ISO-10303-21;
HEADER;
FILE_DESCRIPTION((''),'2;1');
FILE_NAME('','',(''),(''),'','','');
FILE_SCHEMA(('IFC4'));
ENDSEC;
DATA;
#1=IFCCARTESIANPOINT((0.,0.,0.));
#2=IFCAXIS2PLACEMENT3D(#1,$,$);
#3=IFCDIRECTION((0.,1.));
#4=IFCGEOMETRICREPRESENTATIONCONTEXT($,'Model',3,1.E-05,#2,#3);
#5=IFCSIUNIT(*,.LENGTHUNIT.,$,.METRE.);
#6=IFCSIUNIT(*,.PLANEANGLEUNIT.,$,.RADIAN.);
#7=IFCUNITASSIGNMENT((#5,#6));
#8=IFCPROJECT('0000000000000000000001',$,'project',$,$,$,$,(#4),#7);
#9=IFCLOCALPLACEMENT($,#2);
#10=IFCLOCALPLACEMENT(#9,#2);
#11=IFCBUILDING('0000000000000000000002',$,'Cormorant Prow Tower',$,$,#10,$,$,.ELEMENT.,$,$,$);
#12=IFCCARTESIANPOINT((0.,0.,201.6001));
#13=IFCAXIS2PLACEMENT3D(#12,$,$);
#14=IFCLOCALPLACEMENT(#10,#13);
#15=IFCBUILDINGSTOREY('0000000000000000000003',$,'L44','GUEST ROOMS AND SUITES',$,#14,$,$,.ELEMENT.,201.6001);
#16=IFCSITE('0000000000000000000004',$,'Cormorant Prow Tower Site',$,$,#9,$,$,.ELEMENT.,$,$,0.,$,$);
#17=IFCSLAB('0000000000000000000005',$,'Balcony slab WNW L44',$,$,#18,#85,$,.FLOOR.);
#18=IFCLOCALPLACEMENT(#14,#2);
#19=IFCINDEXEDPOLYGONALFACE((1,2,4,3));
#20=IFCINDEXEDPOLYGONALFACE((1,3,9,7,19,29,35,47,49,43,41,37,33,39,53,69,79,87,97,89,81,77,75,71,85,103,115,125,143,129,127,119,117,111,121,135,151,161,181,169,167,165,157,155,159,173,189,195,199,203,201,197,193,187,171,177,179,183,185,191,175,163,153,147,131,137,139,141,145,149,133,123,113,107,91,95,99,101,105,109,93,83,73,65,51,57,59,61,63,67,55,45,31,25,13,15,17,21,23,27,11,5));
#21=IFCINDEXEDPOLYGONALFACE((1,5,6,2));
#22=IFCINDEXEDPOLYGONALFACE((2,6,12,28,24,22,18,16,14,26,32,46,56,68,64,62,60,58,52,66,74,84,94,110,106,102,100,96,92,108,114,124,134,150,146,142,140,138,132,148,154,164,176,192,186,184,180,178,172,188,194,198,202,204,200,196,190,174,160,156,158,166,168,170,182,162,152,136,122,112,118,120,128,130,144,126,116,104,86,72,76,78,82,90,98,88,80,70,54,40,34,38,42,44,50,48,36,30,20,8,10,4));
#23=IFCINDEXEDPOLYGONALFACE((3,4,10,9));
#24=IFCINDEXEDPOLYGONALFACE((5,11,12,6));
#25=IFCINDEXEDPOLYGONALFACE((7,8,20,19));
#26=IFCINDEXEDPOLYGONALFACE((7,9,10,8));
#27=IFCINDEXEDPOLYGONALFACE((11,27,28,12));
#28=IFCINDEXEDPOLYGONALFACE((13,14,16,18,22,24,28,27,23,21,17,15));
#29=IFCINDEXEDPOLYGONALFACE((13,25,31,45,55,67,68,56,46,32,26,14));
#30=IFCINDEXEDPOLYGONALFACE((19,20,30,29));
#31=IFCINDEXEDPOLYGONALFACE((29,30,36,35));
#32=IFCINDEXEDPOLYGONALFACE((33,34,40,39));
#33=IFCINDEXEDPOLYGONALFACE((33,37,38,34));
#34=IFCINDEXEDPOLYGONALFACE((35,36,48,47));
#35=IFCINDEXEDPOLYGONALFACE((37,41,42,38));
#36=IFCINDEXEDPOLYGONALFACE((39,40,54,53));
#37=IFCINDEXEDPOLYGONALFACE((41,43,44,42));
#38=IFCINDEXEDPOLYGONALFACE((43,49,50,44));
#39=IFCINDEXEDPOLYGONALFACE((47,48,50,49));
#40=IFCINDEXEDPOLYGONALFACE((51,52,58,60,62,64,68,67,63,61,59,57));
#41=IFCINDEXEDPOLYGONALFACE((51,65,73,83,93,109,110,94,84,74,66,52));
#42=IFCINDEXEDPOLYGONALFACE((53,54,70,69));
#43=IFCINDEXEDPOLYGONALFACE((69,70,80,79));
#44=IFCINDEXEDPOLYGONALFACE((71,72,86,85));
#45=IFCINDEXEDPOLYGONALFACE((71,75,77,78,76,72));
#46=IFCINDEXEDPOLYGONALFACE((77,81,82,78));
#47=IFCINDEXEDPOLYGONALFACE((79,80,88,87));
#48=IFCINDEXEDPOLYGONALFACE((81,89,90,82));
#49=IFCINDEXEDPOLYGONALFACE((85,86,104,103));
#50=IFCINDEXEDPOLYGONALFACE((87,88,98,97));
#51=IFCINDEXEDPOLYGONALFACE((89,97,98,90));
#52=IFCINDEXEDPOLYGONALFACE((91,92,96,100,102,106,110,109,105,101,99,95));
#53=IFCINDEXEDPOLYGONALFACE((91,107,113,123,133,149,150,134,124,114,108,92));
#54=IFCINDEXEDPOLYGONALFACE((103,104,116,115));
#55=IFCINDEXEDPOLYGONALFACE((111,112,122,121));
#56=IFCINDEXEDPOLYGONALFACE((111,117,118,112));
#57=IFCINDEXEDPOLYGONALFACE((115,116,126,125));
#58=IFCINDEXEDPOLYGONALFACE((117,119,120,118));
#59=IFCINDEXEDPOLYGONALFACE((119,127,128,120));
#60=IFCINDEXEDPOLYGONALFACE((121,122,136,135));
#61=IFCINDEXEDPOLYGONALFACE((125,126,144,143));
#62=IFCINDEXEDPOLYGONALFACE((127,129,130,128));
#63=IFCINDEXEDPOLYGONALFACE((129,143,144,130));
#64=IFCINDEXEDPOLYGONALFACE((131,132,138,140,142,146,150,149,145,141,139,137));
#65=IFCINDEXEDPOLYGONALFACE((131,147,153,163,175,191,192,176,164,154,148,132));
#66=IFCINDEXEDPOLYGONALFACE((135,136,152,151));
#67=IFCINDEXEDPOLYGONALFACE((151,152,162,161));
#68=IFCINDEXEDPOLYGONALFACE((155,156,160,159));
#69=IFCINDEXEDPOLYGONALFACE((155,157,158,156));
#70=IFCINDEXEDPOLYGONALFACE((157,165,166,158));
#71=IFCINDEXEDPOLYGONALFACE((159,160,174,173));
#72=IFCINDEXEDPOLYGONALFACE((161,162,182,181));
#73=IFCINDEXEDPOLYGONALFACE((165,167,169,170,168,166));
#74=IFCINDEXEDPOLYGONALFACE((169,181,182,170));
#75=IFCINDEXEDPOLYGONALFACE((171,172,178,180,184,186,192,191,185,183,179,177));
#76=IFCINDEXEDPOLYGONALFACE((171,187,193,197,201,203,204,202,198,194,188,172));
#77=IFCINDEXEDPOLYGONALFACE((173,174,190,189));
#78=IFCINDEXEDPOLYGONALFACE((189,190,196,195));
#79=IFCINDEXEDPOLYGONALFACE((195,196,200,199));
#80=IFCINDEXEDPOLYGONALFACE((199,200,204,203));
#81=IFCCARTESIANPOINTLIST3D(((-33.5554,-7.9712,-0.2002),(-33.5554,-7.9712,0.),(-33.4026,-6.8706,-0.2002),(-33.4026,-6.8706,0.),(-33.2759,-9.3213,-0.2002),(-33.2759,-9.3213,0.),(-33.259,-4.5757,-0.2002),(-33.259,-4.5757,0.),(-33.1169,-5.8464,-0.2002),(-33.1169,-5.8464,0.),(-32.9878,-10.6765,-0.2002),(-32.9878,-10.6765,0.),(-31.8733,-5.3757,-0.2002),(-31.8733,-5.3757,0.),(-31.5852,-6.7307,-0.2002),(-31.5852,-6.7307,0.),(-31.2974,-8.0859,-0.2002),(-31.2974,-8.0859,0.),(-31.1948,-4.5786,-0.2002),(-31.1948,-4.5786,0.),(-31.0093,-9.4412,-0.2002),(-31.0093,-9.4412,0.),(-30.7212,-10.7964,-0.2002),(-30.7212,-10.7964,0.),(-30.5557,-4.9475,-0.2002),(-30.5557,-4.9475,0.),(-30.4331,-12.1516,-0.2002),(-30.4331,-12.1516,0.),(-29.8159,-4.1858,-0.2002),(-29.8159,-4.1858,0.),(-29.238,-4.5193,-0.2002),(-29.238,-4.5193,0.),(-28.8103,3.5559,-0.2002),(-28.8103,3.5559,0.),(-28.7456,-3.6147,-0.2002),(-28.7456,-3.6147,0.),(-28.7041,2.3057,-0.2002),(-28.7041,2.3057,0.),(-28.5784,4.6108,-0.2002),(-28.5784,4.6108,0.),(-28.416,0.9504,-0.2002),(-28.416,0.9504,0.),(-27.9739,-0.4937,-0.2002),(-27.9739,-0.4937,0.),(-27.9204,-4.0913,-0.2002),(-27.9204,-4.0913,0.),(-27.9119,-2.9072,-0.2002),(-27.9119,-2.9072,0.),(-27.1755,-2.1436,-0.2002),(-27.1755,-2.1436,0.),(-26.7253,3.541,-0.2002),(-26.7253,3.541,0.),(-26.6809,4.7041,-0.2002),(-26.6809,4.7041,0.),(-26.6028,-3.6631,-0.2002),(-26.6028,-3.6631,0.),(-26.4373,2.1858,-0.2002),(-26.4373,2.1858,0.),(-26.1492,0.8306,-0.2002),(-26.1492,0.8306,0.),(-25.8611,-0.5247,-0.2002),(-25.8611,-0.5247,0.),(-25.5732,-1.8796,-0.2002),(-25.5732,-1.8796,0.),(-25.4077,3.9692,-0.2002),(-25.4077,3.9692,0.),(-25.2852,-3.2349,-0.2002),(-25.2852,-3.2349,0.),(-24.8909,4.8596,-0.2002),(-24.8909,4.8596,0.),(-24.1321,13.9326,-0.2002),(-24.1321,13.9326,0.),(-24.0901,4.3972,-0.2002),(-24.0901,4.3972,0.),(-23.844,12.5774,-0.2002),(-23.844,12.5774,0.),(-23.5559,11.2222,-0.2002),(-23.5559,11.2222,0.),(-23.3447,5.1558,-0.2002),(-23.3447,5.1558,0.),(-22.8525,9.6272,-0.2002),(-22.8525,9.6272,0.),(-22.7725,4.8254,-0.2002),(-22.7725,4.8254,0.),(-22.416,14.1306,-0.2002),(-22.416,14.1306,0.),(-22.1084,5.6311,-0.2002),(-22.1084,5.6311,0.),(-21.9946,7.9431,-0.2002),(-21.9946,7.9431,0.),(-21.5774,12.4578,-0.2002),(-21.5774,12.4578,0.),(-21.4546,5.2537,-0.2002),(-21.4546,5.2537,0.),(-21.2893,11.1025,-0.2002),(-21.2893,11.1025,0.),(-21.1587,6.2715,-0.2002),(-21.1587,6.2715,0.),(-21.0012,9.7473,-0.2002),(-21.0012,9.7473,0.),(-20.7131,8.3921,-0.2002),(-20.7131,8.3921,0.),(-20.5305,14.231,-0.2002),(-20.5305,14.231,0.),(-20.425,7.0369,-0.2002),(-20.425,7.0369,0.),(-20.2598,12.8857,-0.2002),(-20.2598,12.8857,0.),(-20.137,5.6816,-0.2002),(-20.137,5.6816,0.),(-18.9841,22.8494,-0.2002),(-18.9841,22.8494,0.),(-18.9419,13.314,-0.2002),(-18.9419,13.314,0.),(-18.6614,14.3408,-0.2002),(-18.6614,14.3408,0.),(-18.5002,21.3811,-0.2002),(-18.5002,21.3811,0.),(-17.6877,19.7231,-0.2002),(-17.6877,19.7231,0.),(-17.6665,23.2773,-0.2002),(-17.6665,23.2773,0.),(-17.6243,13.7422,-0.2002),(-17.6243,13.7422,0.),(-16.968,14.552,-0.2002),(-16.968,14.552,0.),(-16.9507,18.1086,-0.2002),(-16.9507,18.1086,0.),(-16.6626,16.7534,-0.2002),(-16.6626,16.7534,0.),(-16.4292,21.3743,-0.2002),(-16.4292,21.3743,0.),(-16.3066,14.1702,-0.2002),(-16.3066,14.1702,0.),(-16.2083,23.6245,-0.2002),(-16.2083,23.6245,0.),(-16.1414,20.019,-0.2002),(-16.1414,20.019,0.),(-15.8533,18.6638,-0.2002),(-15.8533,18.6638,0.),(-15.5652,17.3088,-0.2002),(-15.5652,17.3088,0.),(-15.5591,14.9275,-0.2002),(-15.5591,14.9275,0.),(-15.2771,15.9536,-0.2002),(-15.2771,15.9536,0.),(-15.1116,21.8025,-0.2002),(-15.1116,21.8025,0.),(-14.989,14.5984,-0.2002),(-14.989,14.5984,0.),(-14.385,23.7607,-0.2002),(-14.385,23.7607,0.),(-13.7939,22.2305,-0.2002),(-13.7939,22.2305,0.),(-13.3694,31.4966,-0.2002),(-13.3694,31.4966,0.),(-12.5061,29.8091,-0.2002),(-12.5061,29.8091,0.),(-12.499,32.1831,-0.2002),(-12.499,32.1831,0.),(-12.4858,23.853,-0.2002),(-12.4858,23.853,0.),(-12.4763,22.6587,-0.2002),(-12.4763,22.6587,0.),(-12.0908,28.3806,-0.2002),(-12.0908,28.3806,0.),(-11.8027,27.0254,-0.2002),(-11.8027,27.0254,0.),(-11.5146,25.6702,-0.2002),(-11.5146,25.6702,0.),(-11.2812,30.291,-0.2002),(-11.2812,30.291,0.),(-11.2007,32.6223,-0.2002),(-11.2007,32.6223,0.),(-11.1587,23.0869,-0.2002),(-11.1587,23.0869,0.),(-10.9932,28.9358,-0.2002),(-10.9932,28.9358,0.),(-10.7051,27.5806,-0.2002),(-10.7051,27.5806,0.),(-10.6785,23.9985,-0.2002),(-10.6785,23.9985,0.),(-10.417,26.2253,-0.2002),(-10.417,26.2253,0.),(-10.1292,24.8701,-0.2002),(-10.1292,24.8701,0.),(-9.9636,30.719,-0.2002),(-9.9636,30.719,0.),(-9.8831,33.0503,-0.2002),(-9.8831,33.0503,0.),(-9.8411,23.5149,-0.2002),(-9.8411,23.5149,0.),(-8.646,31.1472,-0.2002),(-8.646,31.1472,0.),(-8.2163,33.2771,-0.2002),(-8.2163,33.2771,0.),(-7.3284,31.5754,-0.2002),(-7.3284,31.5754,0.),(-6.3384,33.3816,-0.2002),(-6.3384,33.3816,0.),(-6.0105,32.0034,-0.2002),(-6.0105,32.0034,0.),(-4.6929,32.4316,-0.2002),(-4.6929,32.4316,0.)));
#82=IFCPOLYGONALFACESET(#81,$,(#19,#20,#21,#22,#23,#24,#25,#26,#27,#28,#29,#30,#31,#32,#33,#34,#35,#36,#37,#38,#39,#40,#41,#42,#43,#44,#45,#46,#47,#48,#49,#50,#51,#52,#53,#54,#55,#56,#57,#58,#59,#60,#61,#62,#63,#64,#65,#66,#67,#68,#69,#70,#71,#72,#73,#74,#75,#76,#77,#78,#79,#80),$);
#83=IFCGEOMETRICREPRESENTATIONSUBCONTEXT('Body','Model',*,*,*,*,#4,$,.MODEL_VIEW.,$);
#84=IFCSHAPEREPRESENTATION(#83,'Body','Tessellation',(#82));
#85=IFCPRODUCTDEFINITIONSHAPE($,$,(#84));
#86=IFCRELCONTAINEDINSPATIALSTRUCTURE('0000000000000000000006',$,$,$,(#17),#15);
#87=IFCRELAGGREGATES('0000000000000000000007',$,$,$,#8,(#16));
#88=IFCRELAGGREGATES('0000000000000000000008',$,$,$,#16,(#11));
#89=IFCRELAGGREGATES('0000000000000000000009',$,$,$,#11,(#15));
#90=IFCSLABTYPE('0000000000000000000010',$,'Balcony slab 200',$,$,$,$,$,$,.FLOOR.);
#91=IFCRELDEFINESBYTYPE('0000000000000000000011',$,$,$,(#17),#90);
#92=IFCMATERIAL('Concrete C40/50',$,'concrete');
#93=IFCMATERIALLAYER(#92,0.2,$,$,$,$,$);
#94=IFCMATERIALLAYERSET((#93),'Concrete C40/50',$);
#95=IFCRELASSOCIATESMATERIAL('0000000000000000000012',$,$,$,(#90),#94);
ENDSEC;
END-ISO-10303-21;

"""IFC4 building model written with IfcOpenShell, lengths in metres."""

from ifc_helpers import new_model, si_unit, direction, frame, origin, place, context, subcontext, project, spatial, polyline, outline, extrude, material, layer, layer_set, type_object, element, save


model = new_model("IFC4")

# Units and contexts
model_context = context("Model", 3, precision=1e-05, world=origin(), true_north=direction((0.0, 1.0)))
body_context = subcontext(model_context, "Body", "Model", "MODEL_VIEW")
ifc_project = project(units=[si_unit("LENGTHUNIT", "METRE"), si_unit("PLANEANGLEUNIT", "RADIAN")], contexts=[model_context])

# Site, building, storey
site_placement = place(None, origin())
site = spatial("IfcSite", under=ifc_project, at=site_placement, Name="Cormorant Prow Tower Site", CompositionType="ELEMENT", RefElevation=0.0)
building_placement = place(site_placement, origin())
building = spatial("IfcBuilding", under=site, at=building_placement, Name="Cormorant Prow Tower", CompositionType="ELEMENT")
storey_placement = place(building_placement, frame((0.0, 0.0, 201.6001)))
storey = spatial("IfcBuildingStorey", under=building, at=storey_placement, Name="L44", Description="GUEST ROOMS AND SUITES", CompositionType="ELEMENT", Elevation=201.6001)

# Slab
ifc_material_1 = material(Name="Concrete C40/50", Category="concrete")
ifc_layer_1 = layer(ifc_material_1, 0.2)
ifc_layer_set_1 = layer_set([ifc_layer_1], Name="Concrete C40/50")
slab_type_1 = type_object("IfcSlabType", Name="Balcony slab 200", PredefinedType="FLOOR", material=ifc_layer_set_1)
slab_1_placement = place(storey_placement, frame((0.0, 0.0, -0.2002)))
element("IfcSlab", 1, at=slab_1_placement, inside=storey, type_object=slab_type_1, Name="Balcony slab WNW L44", PredefinedType="FLOOR", context=body_context, shape_type="SweptSolid", body=[
    extrude(outline(polyline([(-4.6929, 32.4316), (-6.3384, 33.3816), (-8.2163, 33.2771), (-9.8831, 33.0503), (-11.2007, 32.6223), (-12.499, 32.1831), (-13.3694, 31.4966), (-12.5061, 29.8091), (-12.0908, 28.3806), (-11.8027, 27.0254), (-11.5146, 25.6702), (-10.6785, 23.9985), (-12.4858, 23.853), (-14.385, 23.7607), (-16.2083, 23.6245), (-17.6665, 23.2773), (-18.9841, 22.8494), (-18.5002, 21.3811), (-17.6877, 19.7231), (-16.9507, 18.1086), (-16.6626, 16.7534), (-15.5591, 14.9275), (-16.968, 14.552), (-18.6614, 14.3408), (-20.5305, 14.231), (-22.416, 14.1306), (-24.1321, 13.9326), (-23.844, 12.5774), (-23.5559, 11.2222), (-22.8525, 9.6272), (-21.9946, 7.9431), (-21.1587, 6.2715), (-22.1084, 5.6311), (-23.3447, 5.1558), (-24.8909, 4.8596), (-26.6809, 4.7041), (-28.5784, 4.6108), (-28.8103, 3.5559), (-28.7041, 2.3057), (-28.416, 0.9504), (-27.9739, -0.4937), (-27.1755, -2.1436), (-27.9119, -2.9072), (-28.7456, -3.6147), (-29.8159, -4.1858), (-31.1948, -4.5786), (-33.259, -4.5757), (-33.1169, -5.8464), (-33.4026, -6.8706), (-33.5554, -7.9712), (-33.2759, -9.3213), (-32.9878, -10.6765), (-30.4331, -12.1516), (-30.7212, -10.7964), (-31.0093, -9.4412), (-31.2974, -8.0859), (-31.5852, -6.7307), (-31.8733, -5.3757), (-30.5557, -4.9475), (-29.238, -4.5193), (-27.9204, -4.0913), (-26.6028, -3.6631), (-25.2852, -3.2349), (-25.5732, -1.8796), (-25.8611, -0.5247), (-26.1492, 0.8306), (-26.4373, 2.1858), (-26.7253, 3.541), (-25.4077, 3.9692), (-24.0901, 4.3972), (-22.7725, 4.8254), (-21.4546, 5.2537), (-20.137, 5.6816), (-20.425, 7.0369), (-20.7131, 8.3921), (-21.0012, 9.7473), (-21.2893, 11.1025), (-21.5774, 12.4578), (-20.2598, 12.8857), (-18.9419, 13.314), (-17.6243, 13.7422), (-16.3066, 14.1702), (-14.989, 14.5984), (-15.2771, 15.9536), (-15.5652, 17.3088), (-15.8533, 18.6638), (-16.1414, 20.019), (-16.4292, 21.3743), (-15.1116, 21.8025), (-13.7939, 22.2305), (-12.4763, 22.6587), (-11.1587, 23.0869), (-9.8411, 23.5149), (-10.1292, 24.8701), (-10.417, 26.2253), (-10.7051, 27.5806), (-10.9932, 28.9358), (-11.2812, 30.291), (-9.9636, 30.719), (-8.646, 31.1472), (-7.3284, 31.5754), (-6.0105, 32.0034), (-4.6929, 32.4316)])), origin(), (0.0, 0.0, 1.0), 0.2002),
])

save(model, "model.ifc")
